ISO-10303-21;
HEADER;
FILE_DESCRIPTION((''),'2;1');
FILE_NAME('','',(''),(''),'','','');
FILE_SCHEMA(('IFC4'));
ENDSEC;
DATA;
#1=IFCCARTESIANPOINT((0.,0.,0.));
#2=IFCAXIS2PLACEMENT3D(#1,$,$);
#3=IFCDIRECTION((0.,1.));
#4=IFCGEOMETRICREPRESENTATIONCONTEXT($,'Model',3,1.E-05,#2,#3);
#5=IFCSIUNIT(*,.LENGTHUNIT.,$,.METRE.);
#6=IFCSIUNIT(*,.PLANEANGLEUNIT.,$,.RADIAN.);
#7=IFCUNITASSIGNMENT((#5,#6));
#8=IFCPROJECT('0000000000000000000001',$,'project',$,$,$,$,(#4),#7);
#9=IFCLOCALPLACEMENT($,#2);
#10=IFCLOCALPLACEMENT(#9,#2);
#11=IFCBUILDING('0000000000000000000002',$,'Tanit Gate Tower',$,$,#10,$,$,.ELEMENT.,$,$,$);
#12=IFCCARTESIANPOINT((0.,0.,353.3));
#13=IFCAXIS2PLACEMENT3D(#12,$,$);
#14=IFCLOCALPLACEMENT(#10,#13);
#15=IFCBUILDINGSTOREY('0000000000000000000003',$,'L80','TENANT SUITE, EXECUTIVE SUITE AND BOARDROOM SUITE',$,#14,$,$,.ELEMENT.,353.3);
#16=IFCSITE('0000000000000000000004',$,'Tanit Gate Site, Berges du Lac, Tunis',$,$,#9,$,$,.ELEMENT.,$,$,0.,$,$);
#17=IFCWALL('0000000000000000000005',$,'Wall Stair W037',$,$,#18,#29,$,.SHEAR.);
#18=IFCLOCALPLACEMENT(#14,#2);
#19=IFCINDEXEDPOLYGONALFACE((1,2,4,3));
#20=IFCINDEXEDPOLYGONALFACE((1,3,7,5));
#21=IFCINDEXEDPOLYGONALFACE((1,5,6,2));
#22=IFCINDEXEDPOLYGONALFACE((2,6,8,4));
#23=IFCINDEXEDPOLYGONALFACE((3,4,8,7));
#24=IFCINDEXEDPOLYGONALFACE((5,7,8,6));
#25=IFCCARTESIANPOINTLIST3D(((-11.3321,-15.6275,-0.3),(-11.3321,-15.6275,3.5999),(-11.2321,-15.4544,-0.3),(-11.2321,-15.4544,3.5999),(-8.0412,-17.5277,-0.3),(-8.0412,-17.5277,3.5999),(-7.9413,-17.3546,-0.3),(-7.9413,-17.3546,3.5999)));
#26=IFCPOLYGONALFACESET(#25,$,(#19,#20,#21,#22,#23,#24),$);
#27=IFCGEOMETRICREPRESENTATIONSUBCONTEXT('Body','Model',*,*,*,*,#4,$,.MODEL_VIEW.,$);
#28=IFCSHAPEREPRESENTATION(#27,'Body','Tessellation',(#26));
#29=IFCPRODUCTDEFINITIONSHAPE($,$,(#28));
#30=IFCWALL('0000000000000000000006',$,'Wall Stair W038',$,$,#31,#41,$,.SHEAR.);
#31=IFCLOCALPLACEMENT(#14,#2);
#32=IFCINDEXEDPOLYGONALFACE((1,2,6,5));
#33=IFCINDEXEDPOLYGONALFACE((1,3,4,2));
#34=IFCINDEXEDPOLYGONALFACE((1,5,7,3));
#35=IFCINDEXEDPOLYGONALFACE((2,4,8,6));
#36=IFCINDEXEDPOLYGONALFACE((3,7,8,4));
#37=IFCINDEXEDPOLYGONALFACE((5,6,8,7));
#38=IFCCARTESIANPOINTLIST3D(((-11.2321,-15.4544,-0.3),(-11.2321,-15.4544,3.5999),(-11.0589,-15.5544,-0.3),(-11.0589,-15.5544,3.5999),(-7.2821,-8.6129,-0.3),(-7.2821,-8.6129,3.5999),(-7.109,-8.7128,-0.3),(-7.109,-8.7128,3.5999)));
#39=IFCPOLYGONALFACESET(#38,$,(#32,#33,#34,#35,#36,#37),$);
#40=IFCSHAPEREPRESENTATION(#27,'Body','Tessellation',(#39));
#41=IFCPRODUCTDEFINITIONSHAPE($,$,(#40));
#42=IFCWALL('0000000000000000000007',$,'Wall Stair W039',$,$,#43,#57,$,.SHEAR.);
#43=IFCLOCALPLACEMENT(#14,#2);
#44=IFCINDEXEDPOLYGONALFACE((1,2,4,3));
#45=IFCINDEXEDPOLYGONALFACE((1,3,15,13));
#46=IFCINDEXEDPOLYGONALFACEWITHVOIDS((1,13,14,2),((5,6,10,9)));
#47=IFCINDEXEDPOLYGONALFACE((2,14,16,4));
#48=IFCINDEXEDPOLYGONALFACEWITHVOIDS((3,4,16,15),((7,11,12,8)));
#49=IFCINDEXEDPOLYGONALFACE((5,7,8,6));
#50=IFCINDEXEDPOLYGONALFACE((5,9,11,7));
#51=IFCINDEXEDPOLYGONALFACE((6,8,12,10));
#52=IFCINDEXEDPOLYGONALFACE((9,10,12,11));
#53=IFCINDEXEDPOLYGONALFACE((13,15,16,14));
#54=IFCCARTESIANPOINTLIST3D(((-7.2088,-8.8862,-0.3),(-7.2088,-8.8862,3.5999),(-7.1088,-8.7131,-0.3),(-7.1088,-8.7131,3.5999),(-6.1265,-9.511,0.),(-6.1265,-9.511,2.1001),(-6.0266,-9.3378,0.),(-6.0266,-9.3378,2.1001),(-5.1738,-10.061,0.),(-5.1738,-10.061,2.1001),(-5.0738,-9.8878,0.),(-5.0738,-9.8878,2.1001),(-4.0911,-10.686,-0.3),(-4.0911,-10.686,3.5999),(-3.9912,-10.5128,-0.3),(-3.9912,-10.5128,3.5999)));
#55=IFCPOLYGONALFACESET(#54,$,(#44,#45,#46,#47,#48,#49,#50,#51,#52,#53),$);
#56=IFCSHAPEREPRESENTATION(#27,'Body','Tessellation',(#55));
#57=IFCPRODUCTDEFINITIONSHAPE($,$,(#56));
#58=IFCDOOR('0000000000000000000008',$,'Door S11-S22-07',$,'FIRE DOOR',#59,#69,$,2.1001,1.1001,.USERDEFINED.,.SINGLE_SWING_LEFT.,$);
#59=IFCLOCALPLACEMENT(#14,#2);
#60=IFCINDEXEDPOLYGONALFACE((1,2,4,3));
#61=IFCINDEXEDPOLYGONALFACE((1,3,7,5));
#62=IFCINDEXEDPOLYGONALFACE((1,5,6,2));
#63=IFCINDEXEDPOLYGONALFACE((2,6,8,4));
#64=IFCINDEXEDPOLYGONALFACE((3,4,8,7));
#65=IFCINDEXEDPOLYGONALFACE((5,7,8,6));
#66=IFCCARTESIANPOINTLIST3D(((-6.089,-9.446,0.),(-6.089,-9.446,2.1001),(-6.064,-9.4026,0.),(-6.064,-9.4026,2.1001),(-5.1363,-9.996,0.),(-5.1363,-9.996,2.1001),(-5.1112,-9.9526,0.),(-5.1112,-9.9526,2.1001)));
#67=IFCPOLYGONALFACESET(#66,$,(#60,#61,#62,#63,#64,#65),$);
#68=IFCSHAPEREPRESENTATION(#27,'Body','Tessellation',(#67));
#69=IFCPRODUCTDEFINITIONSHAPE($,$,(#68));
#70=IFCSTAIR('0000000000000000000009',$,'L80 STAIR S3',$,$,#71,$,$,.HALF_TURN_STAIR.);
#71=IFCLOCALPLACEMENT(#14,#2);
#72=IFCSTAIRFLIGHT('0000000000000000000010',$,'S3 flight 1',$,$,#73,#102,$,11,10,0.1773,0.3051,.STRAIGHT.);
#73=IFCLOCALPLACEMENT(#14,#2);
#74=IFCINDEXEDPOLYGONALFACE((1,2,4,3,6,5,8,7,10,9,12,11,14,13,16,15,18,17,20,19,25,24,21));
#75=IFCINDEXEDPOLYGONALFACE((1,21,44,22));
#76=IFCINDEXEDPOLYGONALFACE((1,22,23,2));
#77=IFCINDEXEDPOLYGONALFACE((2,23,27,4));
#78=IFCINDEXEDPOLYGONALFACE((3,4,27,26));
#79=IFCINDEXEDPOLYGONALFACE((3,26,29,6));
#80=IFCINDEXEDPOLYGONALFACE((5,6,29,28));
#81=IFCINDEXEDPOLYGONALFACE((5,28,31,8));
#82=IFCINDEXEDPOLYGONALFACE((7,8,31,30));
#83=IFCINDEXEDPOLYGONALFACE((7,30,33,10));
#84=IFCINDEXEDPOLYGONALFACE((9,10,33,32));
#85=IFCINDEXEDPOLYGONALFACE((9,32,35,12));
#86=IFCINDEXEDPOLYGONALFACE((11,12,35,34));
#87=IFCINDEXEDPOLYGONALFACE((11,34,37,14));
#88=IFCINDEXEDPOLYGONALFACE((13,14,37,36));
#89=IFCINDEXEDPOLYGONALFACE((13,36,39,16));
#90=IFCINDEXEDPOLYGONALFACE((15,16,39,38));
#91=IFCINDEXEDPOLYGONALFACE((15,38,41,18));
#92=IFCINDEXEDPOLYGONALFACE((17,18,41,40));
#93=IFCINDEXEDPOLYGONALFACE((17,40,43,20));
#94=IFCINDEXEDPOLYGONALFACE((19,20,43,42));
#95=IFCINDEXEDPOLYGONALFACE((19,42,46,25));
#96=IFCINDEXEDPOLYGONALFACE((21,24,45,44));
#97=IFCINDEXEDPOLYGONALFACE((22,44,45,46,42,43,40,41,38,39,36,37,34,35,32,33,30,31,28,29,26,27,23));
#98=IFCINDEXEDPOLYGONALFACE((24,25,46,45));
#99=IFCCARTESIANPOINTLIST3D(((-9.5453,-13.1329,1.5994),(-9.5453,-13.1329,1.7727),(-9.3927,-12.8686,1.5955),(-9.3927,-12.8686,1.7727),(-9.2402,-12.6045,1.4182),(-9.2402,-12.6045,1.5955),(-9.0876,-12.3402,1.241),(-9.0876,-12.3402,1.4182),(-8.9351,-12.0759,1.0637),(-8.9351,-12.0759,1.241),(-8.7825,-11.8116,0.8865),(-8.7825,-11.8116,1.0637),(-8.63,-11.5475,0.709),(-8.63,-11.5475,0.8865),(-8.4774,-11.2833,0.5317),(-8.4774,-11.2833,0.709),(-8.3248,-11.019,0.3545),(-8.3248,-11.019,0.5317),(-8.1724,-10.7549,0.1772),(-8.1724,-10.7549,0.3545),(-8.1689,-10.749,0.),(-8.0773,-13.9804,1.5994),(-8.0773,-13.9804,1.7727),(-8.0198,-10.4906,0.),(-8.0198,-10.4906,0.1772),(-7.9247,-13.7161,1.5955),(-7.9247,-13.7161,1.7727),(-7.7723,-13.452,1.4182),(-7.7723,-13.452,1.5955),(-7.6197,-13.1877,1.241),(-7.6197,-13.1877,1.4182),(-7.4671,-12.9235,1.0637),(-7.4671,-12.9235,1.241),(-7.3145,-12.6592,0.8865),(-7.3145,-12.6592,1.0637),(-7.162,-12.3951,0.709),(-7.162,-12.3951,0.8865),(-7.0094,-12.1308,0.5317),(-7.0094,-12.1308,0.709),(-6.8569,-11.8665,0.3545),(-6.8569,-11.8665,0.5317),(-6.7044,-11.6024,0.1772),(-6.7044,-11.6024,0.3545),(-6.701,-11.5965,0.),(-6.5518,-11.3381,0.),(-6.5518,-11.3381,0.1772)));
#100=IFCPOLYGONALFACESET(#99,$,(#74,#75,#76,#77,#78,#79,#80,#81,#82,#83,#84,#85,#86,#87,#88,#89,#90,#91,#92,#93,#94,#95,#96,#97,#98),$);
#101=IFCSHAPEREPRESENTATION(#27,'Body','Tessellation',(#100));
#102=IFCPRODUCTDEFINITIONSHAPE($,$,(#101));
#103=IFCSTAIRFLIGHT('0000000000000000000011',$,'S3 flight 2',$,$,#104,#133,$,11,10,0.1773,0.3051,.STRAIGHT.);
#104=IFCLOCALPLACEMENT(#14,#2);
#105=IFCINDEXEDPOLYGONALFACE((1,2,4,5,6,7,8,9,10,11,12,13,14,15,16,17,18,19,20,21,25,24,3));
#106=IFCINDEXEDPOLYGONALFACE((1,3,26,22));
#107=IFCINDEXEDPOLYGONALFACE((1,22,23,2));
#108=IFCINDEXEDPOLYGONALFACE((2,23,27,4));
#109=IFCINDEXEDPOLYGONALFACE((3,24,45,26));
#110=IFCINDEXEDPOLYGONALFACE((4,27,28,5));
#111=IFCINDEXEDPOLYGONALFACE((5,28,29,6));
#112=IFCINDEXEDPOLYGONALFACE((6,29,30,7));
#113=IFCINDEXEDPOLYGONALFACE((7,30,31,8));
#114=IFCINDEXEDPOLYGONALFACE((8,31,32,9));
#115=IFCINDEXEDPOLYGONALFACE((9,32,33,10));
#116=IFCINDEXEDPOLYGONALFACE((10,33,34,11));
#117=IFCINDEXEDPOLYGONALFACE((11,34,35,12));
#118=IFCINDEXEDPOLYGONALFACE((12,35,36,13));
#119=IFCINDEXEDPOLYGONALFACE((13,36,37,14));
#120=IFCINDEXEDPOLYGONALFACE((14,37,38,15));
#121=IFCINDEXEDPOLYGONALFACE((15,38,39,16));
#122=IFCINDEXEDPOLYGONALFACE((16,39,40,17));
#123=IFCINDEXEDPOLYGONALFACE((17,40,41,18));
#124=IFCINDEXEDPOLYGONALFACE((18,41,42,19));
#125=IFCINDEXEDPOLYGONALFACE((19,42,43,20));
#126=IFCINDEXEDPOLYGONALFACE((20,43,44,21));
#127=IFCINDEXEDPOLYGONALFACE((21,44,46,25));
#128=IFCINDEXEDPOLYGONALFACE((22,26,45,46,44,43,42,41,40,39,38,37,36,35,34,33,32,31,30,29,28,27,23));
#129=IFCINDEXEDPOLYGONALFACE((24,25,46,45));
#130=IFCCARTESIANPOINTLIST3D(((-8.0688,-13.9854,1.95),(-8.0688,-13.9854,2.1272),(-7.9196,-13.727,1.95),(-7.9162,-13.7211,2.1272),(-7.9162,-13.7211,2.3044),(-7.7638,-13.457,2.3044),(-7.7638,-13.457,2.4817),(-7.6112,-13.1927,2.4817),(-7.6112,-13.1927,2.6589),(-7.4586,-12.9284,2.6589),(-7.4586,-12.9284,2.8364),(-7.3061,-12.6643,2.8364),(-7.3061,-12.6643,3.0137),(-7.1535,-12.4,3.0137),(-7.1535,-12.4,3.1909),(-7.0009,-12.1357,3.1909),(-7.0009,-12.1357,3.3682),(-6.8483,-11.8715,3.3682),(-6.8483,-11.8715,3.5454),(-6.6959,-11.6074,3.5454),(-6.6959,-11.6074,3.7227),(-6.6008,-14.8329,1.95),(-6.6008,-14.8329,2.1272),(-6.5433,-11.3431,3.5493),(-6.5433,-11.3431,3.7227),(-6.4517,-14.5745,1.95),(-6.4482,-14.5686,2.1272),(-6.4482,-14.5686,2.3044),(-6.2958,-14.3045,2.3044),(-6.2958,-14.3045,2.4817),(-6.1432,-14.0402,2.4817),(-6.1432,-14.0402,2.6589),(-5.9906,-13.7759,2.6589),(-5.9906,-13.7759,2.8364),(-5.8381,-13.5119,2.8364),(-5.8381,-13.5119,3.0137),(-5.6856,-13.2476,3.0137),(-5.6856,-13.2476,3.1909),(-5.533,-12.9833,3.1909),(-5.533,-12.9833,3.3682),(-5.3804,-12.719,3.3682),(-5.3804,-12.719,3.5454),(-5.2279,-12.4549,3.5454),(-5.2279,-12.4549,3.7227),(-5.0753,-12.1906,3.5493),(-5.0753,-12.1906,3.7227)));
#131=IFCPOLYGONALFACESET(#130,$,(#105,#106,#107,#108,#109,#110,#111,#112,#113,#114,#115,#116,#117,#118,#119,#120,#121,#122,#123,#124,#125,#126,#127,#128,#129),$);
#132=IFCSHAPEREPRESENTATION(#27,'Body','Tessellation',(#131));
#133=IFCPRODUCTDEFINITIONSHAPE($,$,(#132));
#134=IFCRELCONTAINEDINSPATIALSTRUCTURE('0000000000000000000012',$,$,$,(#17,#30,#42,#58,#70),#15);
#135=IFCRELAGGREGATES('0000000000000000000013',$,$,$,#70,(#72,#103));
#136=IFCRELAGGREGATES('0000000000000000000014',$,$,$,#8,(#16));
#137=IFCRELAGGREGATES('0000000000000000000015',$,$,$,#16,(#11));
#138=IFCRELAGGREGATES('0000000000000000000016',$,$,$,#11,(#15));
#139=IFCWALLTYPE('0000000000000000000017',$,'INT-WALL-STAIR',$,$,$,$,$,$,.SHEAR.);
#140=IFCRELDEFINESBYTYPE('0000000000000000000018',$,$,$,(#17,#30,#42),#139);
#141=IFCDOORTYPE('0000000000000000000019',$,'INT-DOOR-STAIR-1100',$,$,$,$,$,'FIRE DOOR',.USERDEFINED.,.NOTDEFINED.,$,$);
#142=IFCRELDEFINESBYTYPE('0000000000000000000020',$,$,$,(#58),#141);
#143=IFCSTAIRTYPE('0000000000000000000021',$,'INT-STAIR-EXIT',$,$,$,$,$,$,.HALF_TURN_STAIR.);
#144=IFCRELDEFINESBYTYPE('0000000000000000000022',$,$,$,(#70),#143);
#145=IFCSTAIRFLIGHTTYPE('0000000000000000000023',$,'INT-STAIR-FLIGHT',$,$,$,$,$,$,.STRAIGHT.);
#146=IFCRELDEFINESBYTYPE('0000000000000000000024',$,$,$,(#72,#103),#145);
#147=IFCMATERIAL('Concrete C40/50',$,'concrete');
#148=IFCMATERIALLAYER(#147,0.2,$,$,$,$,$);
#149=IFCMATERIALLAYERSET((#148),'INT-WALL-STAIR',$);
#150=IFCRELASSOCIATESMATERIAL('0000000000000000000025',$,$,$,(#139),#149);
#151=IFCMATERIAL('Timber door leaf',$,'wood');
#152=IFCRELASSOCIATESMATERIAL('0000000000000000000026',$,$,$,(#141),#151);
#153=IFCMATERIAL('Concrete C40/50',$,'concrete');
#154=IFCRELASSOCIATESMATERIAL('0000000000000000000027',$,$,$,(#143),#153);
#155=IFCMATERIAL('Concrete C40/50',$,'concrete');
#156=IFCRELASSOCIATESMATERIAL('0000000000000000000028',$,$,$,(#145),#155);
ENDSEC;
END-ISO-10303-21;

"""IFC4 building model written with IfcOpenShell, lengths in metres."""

from ifc_helpers import new_model, si_unit, direction, frame, frame_2d, origin, place, context, subcontext, project, spatial, polyline, rectangle, outline, extrude, material, layer, layer_set, type_object, element, fill, aggregate, save


model = new_model("IFC4")

# Units and contexts
model_context = context("Model", 3, precision=1e-05, world=origin(), true_north=direction((0.0, 1.0)))
body_context = subcontext(model_context, "Body", "Model", "MODEL_VIEW")
ifc_project = project(units=[si_unit("LENGTHUNIT", "METRE"), si_unit("PLANEANGLEUNIT", "RADIAN")], contexts=[model_context])

# Site, building, storey
site_placement = place(None, origin())
site = spatial("IfcSite", under=ifc_project, at=site_placement, Name="Tanit Gate Site, Berges du Lac, Tunis", CompositionType="ELEMENT", RefElevation=0.0)
building_placement = place(site_placement, origin())
building = spatial("IfcBuilding", under=site, at=building_placement, Name="Tanit Gate Tower", CompositionType="ELEMENT")
storey_placement = place(building_placement, frame((0.0, 0.0, 353.3)))
storey = spatial("IfcBuildingStorey", under=building, at=storey_placement, Name="L80", Description="TENANT SUITE, EXECUTIVE SUITE AND BOARDROOM SUITE", CompositionType="ELEMENT", Elevation=353.3)

# Walls
ifc_material_1 = material(Name="Concrete C40/50", Category="concrete")
ifc_layer_1 = layer(ifc_material_1, 0.2)
ifc_layer_set_1 = layer_set([ifc_layer_1], Name="INT-WALL-STAIR")
wall_type_1 = type_object("IfcWallType", Name="INT-WALL-STAIR", PredefinedType="SHEAR", material=ifc_layer_set_1)
wall_1_placement = place(storey_placement, frame((-11.282, -15.541, -0.3), z_axis=(0.0, 0.0, 1.0), x_axis=(0.866, -0.500043, 0.0)))
element("IfcWall", 1, at=wall_1_placement, inside=storey, type_object=wall_type_1, Name="Wall Stair W037", PredefinedType="SHEAR", context=body_context, shape_type="SweptSolid", body=[
    extrude(rectangle(XDim=3.8, YDim=0.2, at=frame_2d((1.8999, 0.0))), origin(), (0.0, 0.0, 1.0), 3.8999),
])
wall_2_placement = place(storey_placement, frame((-7.1956, -8.6628, -0.3), z_axis=(0.0, 0.0, 1.0), x_axis=(-0.499998, -0.866027, 0.0)))
element("IfcWall", 2, at=wall_2_placement, inside=storey, type_object=wall_type_1, Name="Wall Stair W038", PredefinedType="SHEAR", context=body_context, shape_type="SweptSolid", body=[
    extrude(rectangle(XDim=7.8999, YDim=0.2, at=frame_2d((3.95, 0.0))), origin(), (0.0, 0.0, 1.0), 3.8999),
])

# Wall, opening, door
wall_3_placement = place(storey_placement, frame((-4.0413, -10.5994, -0.3), z_axis=(0.0, 0.0, 1.0), x_axis=(-0.866048, 0.499961, 0.0)))
wall_3 = element("IfcWall", 3, at=wall_3_placement, inside=storey, type_object=wall_type_1, Name="Wall Stair W039", PredefinedType="SHEAR", context=body_context, shape_type="SweptSolid", body=[
    extrude(rectangle(XDim=3.5999, YDim=0.2, at=frame_2d((1.7998, 0.0))), origin(), (0.0, 0.0, 1.0), 3.8999),
])
opening_1_placement = place(wall_3_placement, frame((1.25, 0.0, 0.3)))
opening_1 = element("IfcOpeningElement", 4, at=opening_1_placement, cuts=wall_3, PredefinedType="OPENING", context=body_context, shape_type="SweptSolid", body=[
    extrude(rectangle(XDim=1.1001, YDim=2.1001, at=frame_2d((0.55, 1.05))), frame((0.0, 0.1099, 0.0), z_axis=(0.0, -1.0, 0.0), x_axis=(1.0, 0.0, 0.0)), (0.0, 0.0, 1.0), 0.22),
])
ifc_material_2 = material(Name="Timber door leaf", Category="wood")
door_type_1 = type_object("IfcDoorType", Name="INT-DOOR-STAIR-1100", ElementType="FIRE DOOR", OperationType="NOTDEFINED", PredefinedType="USERDEFINED", material=ifc_material_2)
door_1_placement = place(opening_1_placement, origin())
door_1 = element("IfcDoor", 5, at=door_1_placement, inside=storey, type_object=door_type_1, Name="Door S11-S22-07", ObjectType="FIRE DOOR", OperationType="SINGLE_SWING_LEFT", OverallHeight=2.1001, OverallWidth=1.1001, PredefinedType="USERDEFINED", context=body_context, shape_type="SweptSolid", body=[
    extrude(rectangle(XDim=1.1001, YDim=2.1001, at=frame_2d((0.55, 1.05))), frame((0.0, 0.0249, 0.0), z_axis=(0.0, -1.0, 0.0), x_axis=(1.0, 0.0, 0.0)), (0.0, 0.0, 1.0), 0.05),
])
fill(opening_1, door_1)

# Stair, stair flights
ifc_material_3 = material(Name="Concrete C40/50", Category="concrete")
stair_type = type_object("IfcStairType", Name="INT-STAIR-EXIT", PredefinedType="HALF_TURN_STAIR", material=ifc_material_3)
stair_placement = place(storey_placement, origin())
stair = element("IfcStair", 6, at=stair_placement, inside=storey, type_object=stair_type, Name="L80 STAIR S3", PredefinedType="HALF_TURN_STAIR")
ifc_material_4 = material(Name="Concrete C40/50", Category="concrete")
stair_flight_type = type_object("IfcStairFlightType", Name="INT-STAIR-FLIGHT", PredefinedType="STRAIGHT", material=ifc_material_4)
stair_flight_1_placement = place(storey_placement, frame((-7.2859, -10.9143, 0.0), z_axis=(0.0, 0.0, 1.0), x_axis=(-0.5, -0.866025, 0.0)))
stair_flight_1 = element("IfcStairFlight", 7, at=stair_flight_1_placement, type_object=stair_flight_type, Name="S3 flight 1", NumberOfRisers=11, NumberOfTreads=10, PredefinedType="STRAIGHT", RiserHeight=0.1773, TreadLength=0.3051, context=body_context, shape_type="SweptSolid", body=[
    extrude(outline(polyline([(0.0, 0.0), (0.0, 0.1772), (0.3052, 0.1772), (0.3052, 0.3545), (0.6101, 0.3545), (0.6101, 0.5317), (0.9153, 0.5317), (0.9153, 0.709), (1.2205, 0.709), (1.2205, 0.8865), (1.5254, 0.8865), (1.5254, 1.0637), (1.8306, 1.0637), (1.8306, 1.241), (2.1357, 1.241), (2.1357, 1.4182), (2.4409, 1.4182), (2.4409, 1.5955), (2.7458, 1.5955), (2.7458, 1.7727), (3.051, 1.7727), (3.051, 1.95), (3.051, 1.5994), (0.2983, 0.0), (0.0, 0.0)])), frame((0.0, 0.8477, 0.0), z_axis=(0.0, -1.0, 0.0), x_axis=(1.0, 0.0, 0.0)), (0.0, 0.0, 1.0), 1.6951),
])
stair_flight_2_placement = place(storey_placement, frame((-7.3347, -14.4092, 1.95), z_axis=(0.0, 0.0, 1.0), x_axis=(0.5, 0.866025, 0.0)))
stair_flight_2 = element("IfcStairFlight", 8, at=stair_flight_2_placement, type_object=stair_flight_type, Name="S3 flight 2", NumberOfRisers=11, NumberOfTreads=10, PredefinedType="STRAIGHT", RiserHeight=0.1773, TreadLength=0.3051, context=body_context, shape_type="SweptSolid", body=[
    extrude(outline(polyline([(0.0, 0.0), (0.0, 0.1772), (0.3052, 0.1772), (0.3052, 0.3545), (0.6101, 0.3545), (0.6101, 0.5317), (0.9153, 0.5317), (0.9153, 0.709), (1.2205, 0.709), (1.2205, 0.8865), (1.5254, 0.8865), (1.5254, 1.0637), (1.8306, 1.0637), (1.8306, 1.241), (2.1357, 1.241), (2.1357, 1.4182), (2.4409, 1.4182), (2.4409, 1.5955), (2.7458, 1.5955), (2.7458, 1.7727), (3.051, 1.7727), (3.051, 1.95), (3.051, 1.5994), (0.2983, 0.0), (0.0, 0.0)])), frame((0.0, 0.8477, 0.0), z_axis=(0.0, -1.0, 0.0), x_axis=(1.0, 0.0, 0.0)), (0.0, 0.0, 1.0), 1.6951),
])
aggregate(stair, [stair_flight_1, stair_flight_2])

save(model, "model.ifc")
